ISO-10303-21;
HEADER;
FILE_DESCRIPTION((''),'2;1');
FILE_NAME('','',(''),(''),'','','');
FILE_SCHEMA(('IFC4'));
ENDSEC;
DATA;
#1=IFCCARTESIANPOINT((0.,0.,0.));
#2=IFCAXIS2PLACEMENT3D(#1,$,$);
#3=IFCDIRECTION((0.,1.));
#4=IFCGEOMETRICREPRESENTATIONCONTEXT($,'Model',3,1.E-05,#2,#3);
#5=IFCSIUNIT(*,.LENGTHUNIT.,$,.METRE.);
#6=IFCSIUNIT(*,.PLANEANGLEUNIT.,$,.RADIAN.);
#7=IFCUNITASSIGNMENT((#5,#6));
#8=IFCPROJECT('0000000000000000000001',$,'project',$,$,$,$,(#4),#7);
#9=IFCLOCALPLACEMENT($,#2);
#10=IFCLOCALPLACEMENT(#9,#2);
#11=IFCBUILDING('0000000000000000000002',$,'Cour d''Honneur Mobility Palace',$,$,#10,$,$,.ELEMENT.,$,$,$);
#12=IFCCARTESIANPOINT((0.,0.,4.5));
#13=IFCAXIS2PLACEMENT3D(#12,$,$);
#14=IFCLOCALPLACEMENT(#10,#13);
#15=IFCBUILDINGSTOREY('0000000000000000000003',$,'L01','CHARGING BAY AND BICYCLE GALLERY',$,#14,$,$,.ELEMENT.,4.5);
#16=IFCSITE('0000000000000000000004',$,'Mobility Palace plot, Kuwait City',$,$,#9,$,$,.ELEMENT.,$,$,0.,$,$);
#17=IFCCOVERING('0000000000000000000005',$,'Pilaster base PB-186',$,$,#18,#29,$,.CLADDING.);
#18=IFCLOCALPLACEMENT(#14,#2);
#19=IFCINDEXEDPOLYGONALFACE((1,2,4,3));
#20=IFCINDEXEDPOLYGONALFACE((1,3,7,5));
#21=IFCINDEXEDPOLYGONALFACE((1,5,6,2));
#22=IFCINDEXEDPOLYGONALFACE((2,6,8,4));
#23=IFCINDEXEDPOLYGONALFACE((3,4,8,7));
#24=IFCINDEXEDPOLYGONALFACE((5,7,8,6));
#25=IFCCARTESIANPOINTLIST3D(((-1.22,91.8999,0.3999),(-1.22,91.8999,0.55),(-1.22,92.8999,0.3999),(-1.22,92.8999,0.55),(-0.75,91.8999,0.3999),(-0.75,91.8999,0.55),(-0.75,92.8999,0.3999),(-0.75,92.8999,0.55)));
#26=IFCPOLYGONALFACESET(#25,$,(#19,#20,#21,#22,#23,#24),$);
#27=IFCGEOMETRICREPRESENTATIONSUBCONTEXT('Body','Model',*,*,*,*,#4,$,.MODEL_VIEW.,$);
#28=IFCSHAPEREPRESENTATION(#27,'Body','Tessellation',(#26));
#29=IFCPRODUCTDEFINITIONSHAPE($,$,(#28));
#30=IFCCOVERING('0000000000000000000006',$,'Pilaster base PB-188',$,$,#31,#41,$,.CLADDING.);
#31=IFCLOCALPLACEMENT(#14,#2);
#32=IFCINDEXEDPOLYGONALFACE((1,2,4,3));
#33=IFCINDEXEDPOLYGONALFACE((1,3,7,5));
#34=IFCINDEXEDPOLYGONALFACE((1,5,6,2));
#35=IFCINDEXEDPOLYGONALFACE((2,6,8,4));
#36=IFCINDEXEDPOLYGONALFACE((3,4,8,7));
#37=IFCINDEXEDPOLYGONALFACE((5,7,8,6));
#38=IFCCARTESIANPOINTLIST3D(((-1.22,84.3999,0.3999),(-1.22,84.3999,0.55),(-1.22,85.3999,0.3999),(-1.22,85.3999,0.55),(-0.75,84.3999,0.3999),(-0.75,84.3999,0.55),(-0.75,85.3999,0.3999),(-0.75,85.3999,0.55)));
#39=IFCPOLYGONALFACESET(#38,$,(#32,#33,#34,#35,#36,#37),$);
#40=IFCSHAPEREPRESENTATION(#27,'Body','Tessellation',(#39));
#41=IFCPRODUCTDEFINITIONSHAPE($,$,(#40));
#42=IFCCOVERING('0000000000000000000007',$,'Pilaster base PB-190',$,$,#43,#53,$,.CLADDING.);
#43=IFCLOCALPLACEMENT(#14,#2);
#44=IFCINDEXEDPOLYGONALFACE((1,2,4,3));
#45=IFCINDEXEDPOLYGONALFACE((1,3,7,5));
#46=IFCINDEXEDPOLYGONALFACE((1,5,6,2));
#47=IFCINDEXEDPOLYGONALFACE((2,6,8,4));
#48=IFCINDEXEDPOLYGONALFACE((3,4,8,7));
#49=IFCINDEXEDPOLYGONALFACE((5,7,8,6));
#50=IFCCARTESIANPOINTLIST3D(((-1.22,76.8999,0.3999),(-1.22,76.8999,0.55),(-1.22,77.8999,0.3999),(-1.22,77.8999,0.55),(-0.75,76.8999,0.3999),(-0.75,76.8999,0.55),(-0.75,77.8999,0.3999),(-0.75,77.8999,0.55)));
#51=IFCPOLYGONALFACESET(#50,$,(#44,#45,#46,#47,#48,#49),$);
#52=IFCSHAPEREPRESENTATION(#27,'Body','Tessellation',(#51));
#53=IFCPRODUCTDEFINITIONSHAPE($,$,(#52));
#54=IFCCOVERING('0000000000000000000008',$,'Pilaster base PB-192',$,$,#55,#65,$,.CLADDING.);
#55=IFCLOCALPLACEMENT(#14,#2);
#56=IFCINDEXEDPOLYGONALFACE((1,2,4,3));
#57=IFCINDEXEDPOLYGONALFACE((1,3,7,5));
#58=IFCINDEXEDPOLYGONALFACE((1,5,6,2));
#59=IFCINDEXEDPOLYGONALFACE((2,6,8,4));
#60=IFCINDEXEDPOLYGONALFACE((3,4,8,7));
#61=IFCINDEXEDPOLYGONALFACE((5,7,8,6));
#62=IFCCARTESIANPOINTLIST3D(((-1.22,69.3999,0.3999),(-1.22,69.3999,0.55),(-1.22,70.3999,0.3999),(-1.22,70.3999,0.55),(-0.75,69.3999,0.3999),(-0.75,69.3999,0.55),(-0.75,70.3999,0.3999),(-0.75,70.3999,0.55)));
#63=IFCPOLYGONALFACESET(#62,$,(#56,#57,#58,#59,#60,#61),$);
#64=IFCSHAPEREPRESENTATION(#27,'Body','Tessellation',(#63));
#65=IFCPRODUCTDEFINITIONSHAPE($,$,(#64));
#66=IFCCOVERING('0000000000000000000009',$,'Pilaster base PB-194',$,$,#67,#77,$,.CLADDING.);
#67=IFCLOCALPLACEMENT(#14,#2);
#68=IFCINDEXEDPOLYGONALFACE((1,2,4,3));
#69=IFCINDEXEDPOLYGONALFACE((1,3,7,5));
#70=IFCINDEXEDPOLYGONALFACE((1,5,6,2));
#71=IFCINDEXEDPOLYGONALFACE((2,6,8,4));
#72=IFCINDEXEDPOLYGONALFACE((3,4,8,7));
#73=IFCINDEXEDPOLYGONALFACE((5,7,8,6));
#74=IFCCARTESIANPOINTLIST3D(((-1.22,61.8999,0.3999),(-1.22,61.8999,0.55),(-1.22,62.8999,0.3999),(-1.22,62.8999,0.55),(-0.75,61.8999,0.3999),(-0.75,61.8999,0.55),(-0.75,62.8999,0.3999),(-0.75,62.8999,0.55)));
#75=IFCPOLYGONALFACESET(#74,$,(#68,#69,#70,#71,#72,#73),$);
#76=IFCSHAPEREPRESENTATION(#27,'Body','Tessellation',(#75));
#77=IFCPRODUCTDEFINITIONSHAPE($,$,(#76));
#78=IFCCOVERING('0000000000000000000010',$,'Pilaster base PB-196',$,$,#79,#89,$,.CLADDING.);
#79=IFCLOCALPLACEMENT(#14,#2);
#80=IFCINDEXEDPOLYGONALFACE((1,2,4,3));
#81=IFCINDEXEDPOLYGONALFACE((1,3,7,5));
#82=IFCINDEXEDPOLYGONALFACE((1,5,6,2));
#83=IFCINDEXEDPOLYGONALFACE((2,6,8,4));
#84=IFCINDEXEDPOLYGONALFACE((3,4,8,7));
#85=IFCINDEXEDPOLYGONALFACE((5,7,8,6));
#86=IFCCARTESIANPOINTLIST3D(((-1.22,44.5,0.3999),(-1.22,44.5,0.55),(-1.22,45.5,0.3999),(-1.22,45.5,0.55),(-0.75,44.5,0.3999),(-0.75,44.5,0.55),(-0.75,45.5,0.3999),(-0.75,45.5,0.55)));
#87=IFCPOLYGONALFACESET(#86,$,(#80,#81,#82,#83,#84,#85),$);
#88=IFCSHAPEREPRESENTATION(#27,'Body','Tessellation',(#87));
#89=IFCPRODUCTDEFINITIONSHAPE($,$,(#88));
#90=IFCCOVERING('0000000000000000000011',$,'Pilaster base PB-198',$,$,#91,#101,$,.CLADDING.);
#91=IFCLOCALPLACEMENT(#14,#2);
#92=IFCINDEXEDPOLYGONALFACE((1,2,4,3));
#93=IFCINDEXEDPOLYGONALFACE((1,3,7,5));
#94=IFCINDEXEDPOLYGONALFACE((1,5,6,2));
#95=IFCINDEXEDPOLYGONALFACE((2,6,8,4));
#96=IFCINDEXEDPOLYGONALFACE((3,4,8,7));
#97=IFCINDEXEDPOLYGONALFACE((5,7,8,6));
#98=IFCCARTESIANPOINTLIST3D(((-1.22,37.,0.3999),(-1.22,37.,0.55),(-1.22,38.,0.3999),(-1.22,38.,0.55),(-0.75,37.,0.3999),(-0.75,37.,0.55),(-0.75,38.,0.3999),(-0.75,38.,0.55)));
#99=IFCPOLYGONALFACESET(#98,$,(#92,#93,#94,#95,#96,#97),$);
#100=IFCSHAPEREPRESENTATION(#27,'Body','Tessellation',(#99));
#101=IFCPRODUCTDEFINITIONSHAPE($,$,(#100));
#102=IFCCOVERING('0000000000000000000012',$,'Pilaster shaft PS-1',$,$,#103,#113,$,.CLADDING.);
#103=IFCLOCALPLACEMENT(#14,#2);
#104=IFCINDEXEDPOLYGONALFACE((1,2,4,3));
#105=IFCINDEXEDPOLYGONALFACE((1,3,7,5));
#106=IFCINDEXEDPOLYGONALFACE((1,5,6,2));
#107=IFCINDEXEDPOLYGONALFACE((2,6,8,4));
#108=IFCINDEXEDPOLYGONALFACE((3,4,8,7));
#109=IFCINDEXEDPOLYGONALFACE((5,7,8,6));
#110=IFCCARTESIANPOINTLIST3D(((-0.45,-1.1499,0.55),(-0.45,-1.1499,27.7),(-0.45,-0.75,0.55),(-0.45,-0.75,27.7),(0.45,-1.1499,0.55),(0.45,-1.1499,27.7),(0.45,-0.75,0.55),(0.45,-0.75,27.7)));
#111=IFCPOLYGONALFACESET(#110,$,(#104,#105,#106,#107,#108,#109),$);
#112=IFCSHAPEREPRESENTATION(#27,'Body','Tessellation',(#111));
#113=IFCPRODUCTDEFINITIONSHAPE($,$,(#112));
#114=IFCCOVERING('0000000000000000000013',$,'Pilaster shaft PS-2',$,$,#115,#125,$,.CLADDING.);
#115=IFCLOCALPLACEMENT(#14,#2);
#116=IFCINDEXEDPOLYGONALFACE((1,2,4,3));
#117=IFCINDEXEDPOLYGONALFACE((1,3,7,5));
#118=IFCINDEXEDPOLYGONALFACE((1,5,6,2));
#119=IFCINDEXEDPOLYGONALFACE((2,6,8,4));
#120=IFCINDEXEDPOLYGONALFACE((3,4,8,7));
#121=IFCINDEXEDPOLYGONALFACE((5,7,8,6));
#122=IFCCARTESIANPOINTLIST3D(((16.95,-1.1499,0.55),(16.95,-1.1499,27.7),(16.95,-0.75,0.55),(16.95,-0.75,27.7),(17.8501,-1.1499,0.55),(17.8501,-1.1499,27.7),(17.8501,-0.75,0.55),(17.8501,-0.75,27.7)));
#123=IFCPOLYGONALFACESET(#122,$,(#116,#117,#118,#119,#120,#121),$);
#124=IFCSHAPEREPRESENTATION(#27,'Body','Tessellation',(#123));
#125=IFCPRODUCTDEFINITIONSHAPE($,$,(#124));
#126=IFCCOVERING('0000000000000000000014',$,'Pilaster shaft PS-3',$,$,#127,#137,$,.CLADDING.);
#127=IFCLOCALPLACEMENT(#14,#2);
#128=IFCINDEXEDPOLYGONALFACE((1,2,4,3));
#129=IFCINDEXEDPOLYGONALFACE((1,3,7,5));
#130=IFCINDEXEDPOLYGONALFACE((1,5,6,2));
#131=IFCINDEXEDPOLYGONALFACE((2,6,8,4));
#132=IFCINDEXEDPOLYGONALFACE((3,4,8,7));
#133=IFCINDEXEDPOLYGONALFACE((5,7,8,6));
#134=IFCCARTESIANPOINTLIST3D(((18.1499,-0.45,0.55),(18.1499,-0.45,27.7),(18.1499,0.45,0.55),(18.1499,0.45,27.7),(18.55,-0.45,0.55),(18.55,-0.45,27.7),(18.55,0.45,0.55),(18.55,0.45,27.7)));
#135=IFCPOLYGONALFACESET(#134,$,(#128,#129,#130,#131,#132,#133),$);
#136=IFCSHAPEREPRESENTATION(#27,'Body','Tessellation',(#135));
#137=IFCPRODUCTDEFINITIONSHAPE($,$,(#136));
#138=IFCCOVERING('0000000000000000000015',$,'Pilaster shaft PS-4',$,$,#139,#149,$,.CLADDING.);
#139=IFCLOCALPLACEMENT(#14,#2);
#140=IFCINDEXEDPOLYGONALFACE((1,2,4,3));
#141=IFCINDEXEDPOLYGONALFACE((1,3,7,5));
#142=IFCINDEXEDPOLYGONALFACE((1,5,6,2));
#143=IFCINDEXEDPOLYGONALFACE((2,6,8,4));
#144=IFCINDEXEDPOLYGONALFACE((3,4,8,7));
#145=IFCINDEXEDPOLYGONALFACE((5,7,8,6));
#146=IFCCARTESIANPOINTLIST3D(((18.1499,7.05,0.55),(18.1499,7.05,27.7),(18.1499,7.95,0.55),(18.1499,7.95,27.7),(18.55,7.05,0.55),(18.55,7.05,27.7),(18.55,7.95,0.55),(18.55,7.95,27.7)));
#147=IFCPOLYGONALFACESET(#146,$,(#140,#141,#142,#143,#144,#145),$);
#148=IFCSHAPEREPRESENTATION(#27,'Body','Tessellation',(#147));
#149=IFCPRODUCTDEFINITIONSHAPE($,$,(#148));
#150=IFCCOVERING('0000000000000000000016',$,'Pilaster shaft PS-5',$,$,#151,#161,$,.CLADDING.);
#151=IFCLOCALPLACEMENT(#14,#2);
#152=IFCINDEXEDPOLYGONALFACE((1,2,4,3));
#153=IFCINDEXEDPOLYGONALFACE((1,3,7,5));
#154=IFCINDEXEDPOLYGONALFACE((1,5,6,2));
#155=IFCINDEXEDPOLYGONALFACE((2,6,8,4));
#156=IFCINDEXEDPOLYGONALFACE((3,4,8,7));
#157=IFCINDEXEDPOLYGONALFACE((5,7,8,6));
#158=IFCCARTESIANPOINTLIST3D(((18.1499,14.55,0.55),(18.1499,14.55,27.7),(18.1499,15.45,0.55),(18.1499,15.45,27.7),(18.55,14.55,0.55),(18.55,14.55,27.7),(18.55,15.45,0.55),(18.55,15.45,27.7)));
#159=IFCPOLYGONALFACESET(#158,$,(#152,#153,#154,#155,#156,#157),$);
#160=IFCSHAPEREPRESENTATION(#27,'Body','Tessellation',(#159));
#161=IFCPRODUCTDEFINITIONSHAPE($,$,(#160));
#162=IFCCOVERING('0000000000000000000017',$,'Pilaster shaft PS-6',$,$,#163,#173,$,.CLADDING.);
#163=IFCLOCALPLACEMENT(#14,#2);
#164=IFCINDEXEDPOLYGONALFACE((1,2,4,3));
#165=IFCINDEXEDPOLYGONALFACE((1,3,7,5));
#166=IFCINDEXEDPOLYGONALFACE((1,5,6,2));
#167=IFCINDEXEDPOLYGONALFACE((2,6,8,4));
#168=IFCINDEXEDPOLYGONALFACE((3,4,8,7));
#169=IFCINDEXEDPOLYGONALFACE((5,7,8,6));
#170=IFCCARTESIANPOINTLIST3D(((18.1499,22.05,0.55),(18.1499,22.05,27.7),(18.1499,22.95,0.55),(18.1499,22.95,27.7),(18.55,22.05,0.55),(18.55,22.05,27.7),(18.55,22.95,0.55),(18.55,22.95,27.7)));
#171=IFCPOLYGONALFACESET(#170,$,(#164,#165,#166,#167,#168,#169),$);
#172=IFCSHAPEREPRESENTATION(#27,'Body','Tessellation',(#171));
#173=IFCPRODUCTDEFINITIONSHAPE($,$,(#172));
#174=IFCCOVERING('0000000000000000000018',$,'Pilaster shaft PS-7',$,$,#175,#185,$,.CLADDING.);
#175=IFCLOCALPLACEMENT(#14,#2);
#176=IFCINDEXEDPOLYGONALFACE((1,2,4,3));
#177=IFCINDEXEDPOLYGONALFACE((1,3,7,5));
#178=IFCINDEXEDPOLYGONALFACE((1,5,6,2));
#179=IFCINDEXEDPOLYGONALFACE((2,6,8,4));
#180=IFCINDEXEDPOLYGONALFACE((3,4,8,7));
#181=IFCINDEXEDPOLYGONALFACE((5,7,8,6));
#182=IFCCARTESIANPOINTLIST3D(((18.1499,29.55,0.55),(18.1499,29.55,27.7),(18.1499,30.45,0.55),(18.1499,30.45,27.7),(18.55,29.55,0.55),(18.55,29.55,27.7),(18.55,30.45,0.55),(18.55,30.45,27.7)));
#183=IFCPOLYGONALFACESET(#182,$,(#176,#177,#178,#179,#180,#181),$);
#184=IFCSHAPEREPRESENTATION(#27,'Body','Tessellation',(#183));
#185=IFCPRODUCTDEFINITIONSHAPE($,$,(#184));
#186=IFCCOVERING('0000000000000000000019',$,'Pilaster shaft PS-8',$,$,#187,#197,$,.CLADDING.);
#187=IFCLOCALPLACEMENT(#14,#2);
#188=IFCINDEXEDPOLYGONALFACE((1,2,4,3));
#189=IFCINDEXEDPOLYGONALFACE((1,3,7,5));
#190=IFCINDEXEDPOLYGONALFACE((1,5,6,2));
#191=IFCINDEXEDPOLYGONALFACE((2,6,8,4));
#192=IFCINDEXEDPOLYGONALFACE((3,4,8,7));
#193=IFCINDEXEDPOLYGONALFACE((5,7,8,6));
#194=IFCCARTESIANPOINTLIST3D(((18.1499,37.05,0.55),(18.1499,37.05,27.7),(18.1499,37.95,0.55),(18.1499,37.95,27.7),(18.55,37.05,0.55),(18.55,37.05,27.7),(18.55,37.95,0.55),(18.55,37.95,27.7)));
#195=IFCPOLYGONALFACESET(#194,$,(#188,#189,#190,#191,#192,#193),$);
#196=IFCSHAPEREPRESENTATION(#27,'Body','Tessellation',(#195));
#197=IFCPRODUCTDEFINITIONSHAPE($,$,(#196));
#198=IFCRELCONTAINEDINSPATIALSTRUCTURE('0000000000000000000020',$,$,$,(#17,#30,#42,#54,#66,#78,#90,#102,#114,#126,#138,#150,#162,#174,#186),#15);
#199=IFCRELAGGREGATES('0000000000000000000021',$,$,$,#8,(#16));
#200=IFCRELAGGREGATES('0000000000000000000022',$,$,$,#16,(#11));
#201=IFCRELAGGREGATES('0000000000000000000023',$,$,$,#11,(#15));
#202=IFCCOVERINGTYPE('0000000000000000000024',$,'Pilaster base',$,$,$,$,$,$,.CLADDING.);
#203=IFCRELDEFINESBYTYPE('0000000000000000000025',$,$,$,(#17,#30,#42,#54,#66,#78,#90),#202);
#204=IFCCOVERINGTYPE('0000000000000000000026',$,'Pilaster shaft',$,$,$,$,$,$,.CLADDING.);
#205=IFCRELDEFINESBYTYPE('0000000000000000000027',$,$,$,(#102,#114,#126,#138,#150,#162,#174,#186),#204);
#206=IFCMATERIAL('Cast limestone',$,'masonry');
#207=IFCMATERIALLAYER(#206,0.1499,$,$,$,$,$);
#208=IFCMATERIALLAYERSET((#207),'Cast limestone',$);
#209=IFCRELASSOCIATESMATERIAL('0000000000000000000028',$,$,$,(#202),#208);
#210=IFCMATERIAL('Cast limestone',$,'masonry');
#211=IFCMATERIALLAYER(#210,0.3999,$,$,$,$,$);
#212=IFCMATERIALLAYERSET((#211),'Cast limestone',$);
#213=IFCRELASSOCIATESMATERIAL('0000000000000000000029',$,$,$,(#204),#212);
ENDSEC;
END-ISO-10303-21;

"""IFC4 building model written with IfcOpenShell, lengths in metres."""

from ifc_helpers import new_model, si_unit, direction, frame, origin, place, context, subcontext, project, spatial, polyline, outline, extrude, material, layer, layer_set, type_object, element, save


model = new_model("IFC4")

# Units and contexts
model_context = context("Model", 3, precision=1e-05, world=origin(), true_north=direction((0.0, 1.0)))
body_context = subcontext(model_context, "Body", "Model", "MODEL_VIEW")
ifc_project = project(units=[si_unit("LENGTHUNIT", "METRE"), si_unit("PLANEANGLEUNIT", "RADIAN")], contexts=[model_context])

# Site, building, storey
site_placement = place(None, origin())
site = spatial("IfcSite", under=ifc_project, at=site_placement, Name="Mobility Palace plot, Kuwait City", CompositionType="ELEMENT", RefElevation=0.0)
building_placement = place(site_placement, origin())
building = spatial("IfcBuilding", under=site, at=building_placement, Name="Cour d'Honneur Mobility Palace", CompositionType="ELEMENT")
storey_placement = place(building_placement, frame((0.0, 0.0, 4.5)))
storey = spatial("IfcBuildingStorey", under=building, at=storey_placement, Name="L01", Description="CHARGING BAY AND BICYCLE GALLERY", CompositionType="ELEMENT", Elevation=4.5)

# Coverings
ifc_material_1 = material(Name="Cast limestone", Category="masonry")
ifc_layer_1 = layer(ifc_material_1, 0.1499)
ifc_layer_set_1 = layer_set([ifc_layer_1], Name="Cast limestone")
covering_type_1 = type_object("IfcCoveringType", Name="Pilaster base", PredefinedType="CLADDING", material=ifc_layer_set_1)
covering_1_placement = place(storey_placement, frame((0.0, 0.0, 0.3999)))
element("IfcCovering", 1, at=covering_1_placement, inside=storey, type_object=covering_type_1, Name="Pilaster base PB-186", PredefinedType="CLADDING", context=body_context, shape_type="SweptSolid", body=[
    extrude(outline(polyline([(-0.75, 92.8999), (-0.75, 91.8999), (-1.22, 91.8999), (-1.22, 92.8999), (-0.75, 92.8999)])), origin(), (0.0, 0.0, 1.0), 0.1501),
])
covering_2_placement = place(storey_placement, frame((0.0, 0.0, 0.3999)))
element("IfcCovering", 2, at=covering_2_placement, inside=storey, type_object=covering_type_1, Name="Pilaster base PB-188", PredefinedType="CLADDING", context=body_context, shape_type="SweptSolid", body=[
    extrude(outline(polyline([(-0.75, 85.3999), (-0.75, 84.3999), (-1.22, 84.3999), (-1.22, 85.3999), (-0.75, 85.3999)])), origin(), (0.0, 0.0, 1.0), 0.1501),
])
covering_3_placement = place(storey_placement, frame((0.0, 0.0, 0.3999)))
element("IfcCovering", 3, at=covering_3_placement, inside=storey, type_object=covering_type_1, Name="Pilaster base PB-190", PredefinedType="CLADDING", context=body_context, shape_type="SweptSolid", body=[
    extrude(outline(polyline([(-0.75, 77.8999), (-0.75, 76.8999), (-1.22, 76.8999), (-1.22, 77.8999), (-0.75, 77.8999)])), origin(), (0.0, 0.0, 1.0), 0.1501),
])
covering_4_placement = place(storey_placement, frame((0.0, 0.0, 0.3999)))
element("IfcCovering", 4, at=covering_4_placement, inside=storey, type_object=covering_type_1, Name="Pilaster base PB-192", PredefinedType="CLADDING", context=body_context, shape_type="SweptSolid", body=[
    extrude(outline(polyline([(-0.75, 70.3999), (-0.75, 69.3999), (-1.22, 69.3999), (-1.22, 70.3999), (-0.75, 70.3999)])), origin(), (0.0, 0.0, 1.0), 0.1501),
])
covering_5_placement = place(storey_placement, frame((0.0, 0.0, 0.3999)))
element("IfcCovering", 5, at=covering_5_placement, inside=storey, type_object=covering_type_1, Name="Pilaster base PB-194", PredefinedType="CLADDING", context=body_context, shape_type="SweptSolid", body=[
    extrude(outline(polyline([(-0.75, 62.8999), (-0.75, 61.8999), (-1.22, 61.8999), (-1.22, 62.8999), (-0.75, 62.8999)])), origin(), (0.0, 0.0, 1.0), 0.1501),
])
covering_6_placement = place(storey_placement, frame((0.0, 0.0, 0.3999)))
element("IfcCovering", 6, at=covering_6_placement, inside=storey, type_object=covering_type_1, Name="Pilaster base PB-196", PredefinedType="CLADDING", context=body_context, shape_type="SweptSolid", body=[
    extrude(outline(polyline([(-0.75, 45.5), (-0.75, 44.5), (-1.22, 44.5), (-1.22, 45.5), (-0.75, 45.5)])), origin(), (0.0, 0.0, 1.0), 0.1501),
])
covering_7_placement = place(storey_placement, frame((0.0, 0.0, 0.3999)))
element("IfcCovering", 7, at=covering_7_placement, inside=storey, type_object=covering_type_1, Name="Pilaster base PB-198", PredefinedType="CLADDING", context=body_context, shape_type="SweptSolid", body=[
    extrude(outline(polyline([(-0.75, 38.0), (-0.75, 37.0), (-1.22, 37.0), (-1.22, 38.0), (-0.75, 38.0)])), origin(), (0.0, 0.0, 1.0), 0.1501),
])
ifc_material_2 = material(Name="Cast limestone", Category="masonry")
ifc_layer_2 = layer(ifc_material_2, 0.3999)
ifc_layer_set_2 = layer_set([ifc_layer_2], Name="Cast limestone")
covering_type_2 = type_object("IfcCoveringType", Name="Pilaster shaft", PredefinedType="CLADDING", material=ifc_layer_set_2)
covering_8_placement = place(storey_placement, frame((0.0, 0.0, 0.55)))
element("IfcCovering", 8, at=covering_8_placement, inside=storey, type_object=covering_type_2, Name="Pilaster shaft PS-1", PredefinedType="CLADDING", context=body_context, shape_type="SweptSolid", body=[
    extrude(outline(polyline([(-0.45, -0.75), (0.45, -0.75), (0.45, -1.1499), (-0.45, -1.1499), (-0.45, -0.75)])), origin(), (0.0, 0.0, 1.0), 27.1499),
])
covering_9_placement = place(storey_placement, frame((0.0, 0.0, 0.55)))
element("IfcCovering", 9, at=covering_9_placement, inside=storey, type_object=covering_type_2, Name="Pilaster shaft PS-2", PredefinedType="CLADDING", context=body_context, shape_type="SweptSolid", body=[
    extrude(outline(polyline([(16.95, -0.75), (17.8501, -0.75), (17.8501, -1.1499), (16.95, -1.1499), (16.95, -0.75)])), origin(), (0.0, 0.0, 1.0), 27.1499),
])
covering_10_placement = place(storey_placement, frame((0.0, 0.0, 0.55)))
element("IfcCovering", 10, at=covering_10_placement, inside=storey, type_object=covering_type_2, Name="Pilaster shaft PS-3", PredefinedType="CLADDING", context=body_context, shape_type="SweptSolid", body=[
    extrude(outline(polyline([(18.1499, -0.45), (18.1499, 0.45), (18.55, 0.45), (18.55, -0.45), (18.1499, -0.45)])), origin(), (0.0, 0.0, 1.0), 27.1499),
])
covering_11_placement = place(storey_placement, frame((0.0, 0.0, 0.55)))
element("IfcCovering", 11, at=covering_11_placement, inside=storey, type_object=covering_type_2, Name="Pilaster shaft PS-4", PredefinedType="CLADDING", context=body_context, shape_type="SweptSolid", body=[
    extrude(outline(polyline([(18.1499, 7.05), (18.1499, 7.95), (18.55, 7.95), (18.55, 7.05), (18.1499, 7.05)])), origin(), (0.0, 0.0, 1.0), 27.1499),
])
covering_12_placement = place(storey_placement, frame((0.0, 0.0, 0.55)))
element("IfcCovering", 12, at=covering_12_placement, inside=storey, type_object=covering_type_2, Name="Pilaster shaft PS-5", PredefinedType="CLADDING", context=body_context, shape_type="SweptSolid", body=[
    extrude(outline(polyline([(18.1499, 14.55), (18.1499, 15.45), (18.55, 15.45), (18.55, 14.55), (18.1499, 14.55)])), origin(), (0.0, 0.0, 1.0), 27.1499),
])
covering_13_placement = place(storey_placement, frame((0.0, 0.0, 0.55)))
element("IfcCovering", 13, at=covering_13_placement, inside=storey, type_object=covering_type_2, Name="Pilaster shaft PS-6", PredefinedType="CLADDING", context=body_context, shape_type="SweptSolid", body=[
    extrude(outline(polyline([(18.1499, 22.05), (18.1499, 22.95), (18.55, 22.95), (18.55, 22.05), (18.1499, 22.05)])), origin(), (0.0, 0.0, 1.0), 27.1499),
])
covering_14_placement = place(storey_placement, frame((0.0, 0.0, 0.55)))
element("IfcCovering", 14, at=covering_14_placement, inside=storey, type_object=covering_type_2, Name="Pilaster shaft PS-7", PredefinedType="CLADDING", context=body_context, shape_type="SweptSolid", body=[
    extrude(outline(polyline([(18.1499, 29.55), (18.1499, 30.45), (18.55, 30.45), (18.55, 29.55), (18.1499, 29.55)])), origin(), (0.0, 0.0, 1.0), 27.1499),
])
covering_15_placement = place(storey_placement, frame((0.0, 0.0, 0.55)))
element("IfcCovering", 15, at=covering_15_placement, inside=storey, type_object=covering_type_2, Name="Pilaster shaft PS-8", PredefinedType="CLADDING", context=body_context, shape_type="SweptSolid", body=[
    extrude(outline(polyline([(18.1499, 37.05), (18.1499, 37.95), (18.55, 37.95), (18.55, 37.05), (18.1499, 37.05)])), origin(), (0.0, 0.0, 1.0), 27.1499),
])

save(model, "model.ifc")
